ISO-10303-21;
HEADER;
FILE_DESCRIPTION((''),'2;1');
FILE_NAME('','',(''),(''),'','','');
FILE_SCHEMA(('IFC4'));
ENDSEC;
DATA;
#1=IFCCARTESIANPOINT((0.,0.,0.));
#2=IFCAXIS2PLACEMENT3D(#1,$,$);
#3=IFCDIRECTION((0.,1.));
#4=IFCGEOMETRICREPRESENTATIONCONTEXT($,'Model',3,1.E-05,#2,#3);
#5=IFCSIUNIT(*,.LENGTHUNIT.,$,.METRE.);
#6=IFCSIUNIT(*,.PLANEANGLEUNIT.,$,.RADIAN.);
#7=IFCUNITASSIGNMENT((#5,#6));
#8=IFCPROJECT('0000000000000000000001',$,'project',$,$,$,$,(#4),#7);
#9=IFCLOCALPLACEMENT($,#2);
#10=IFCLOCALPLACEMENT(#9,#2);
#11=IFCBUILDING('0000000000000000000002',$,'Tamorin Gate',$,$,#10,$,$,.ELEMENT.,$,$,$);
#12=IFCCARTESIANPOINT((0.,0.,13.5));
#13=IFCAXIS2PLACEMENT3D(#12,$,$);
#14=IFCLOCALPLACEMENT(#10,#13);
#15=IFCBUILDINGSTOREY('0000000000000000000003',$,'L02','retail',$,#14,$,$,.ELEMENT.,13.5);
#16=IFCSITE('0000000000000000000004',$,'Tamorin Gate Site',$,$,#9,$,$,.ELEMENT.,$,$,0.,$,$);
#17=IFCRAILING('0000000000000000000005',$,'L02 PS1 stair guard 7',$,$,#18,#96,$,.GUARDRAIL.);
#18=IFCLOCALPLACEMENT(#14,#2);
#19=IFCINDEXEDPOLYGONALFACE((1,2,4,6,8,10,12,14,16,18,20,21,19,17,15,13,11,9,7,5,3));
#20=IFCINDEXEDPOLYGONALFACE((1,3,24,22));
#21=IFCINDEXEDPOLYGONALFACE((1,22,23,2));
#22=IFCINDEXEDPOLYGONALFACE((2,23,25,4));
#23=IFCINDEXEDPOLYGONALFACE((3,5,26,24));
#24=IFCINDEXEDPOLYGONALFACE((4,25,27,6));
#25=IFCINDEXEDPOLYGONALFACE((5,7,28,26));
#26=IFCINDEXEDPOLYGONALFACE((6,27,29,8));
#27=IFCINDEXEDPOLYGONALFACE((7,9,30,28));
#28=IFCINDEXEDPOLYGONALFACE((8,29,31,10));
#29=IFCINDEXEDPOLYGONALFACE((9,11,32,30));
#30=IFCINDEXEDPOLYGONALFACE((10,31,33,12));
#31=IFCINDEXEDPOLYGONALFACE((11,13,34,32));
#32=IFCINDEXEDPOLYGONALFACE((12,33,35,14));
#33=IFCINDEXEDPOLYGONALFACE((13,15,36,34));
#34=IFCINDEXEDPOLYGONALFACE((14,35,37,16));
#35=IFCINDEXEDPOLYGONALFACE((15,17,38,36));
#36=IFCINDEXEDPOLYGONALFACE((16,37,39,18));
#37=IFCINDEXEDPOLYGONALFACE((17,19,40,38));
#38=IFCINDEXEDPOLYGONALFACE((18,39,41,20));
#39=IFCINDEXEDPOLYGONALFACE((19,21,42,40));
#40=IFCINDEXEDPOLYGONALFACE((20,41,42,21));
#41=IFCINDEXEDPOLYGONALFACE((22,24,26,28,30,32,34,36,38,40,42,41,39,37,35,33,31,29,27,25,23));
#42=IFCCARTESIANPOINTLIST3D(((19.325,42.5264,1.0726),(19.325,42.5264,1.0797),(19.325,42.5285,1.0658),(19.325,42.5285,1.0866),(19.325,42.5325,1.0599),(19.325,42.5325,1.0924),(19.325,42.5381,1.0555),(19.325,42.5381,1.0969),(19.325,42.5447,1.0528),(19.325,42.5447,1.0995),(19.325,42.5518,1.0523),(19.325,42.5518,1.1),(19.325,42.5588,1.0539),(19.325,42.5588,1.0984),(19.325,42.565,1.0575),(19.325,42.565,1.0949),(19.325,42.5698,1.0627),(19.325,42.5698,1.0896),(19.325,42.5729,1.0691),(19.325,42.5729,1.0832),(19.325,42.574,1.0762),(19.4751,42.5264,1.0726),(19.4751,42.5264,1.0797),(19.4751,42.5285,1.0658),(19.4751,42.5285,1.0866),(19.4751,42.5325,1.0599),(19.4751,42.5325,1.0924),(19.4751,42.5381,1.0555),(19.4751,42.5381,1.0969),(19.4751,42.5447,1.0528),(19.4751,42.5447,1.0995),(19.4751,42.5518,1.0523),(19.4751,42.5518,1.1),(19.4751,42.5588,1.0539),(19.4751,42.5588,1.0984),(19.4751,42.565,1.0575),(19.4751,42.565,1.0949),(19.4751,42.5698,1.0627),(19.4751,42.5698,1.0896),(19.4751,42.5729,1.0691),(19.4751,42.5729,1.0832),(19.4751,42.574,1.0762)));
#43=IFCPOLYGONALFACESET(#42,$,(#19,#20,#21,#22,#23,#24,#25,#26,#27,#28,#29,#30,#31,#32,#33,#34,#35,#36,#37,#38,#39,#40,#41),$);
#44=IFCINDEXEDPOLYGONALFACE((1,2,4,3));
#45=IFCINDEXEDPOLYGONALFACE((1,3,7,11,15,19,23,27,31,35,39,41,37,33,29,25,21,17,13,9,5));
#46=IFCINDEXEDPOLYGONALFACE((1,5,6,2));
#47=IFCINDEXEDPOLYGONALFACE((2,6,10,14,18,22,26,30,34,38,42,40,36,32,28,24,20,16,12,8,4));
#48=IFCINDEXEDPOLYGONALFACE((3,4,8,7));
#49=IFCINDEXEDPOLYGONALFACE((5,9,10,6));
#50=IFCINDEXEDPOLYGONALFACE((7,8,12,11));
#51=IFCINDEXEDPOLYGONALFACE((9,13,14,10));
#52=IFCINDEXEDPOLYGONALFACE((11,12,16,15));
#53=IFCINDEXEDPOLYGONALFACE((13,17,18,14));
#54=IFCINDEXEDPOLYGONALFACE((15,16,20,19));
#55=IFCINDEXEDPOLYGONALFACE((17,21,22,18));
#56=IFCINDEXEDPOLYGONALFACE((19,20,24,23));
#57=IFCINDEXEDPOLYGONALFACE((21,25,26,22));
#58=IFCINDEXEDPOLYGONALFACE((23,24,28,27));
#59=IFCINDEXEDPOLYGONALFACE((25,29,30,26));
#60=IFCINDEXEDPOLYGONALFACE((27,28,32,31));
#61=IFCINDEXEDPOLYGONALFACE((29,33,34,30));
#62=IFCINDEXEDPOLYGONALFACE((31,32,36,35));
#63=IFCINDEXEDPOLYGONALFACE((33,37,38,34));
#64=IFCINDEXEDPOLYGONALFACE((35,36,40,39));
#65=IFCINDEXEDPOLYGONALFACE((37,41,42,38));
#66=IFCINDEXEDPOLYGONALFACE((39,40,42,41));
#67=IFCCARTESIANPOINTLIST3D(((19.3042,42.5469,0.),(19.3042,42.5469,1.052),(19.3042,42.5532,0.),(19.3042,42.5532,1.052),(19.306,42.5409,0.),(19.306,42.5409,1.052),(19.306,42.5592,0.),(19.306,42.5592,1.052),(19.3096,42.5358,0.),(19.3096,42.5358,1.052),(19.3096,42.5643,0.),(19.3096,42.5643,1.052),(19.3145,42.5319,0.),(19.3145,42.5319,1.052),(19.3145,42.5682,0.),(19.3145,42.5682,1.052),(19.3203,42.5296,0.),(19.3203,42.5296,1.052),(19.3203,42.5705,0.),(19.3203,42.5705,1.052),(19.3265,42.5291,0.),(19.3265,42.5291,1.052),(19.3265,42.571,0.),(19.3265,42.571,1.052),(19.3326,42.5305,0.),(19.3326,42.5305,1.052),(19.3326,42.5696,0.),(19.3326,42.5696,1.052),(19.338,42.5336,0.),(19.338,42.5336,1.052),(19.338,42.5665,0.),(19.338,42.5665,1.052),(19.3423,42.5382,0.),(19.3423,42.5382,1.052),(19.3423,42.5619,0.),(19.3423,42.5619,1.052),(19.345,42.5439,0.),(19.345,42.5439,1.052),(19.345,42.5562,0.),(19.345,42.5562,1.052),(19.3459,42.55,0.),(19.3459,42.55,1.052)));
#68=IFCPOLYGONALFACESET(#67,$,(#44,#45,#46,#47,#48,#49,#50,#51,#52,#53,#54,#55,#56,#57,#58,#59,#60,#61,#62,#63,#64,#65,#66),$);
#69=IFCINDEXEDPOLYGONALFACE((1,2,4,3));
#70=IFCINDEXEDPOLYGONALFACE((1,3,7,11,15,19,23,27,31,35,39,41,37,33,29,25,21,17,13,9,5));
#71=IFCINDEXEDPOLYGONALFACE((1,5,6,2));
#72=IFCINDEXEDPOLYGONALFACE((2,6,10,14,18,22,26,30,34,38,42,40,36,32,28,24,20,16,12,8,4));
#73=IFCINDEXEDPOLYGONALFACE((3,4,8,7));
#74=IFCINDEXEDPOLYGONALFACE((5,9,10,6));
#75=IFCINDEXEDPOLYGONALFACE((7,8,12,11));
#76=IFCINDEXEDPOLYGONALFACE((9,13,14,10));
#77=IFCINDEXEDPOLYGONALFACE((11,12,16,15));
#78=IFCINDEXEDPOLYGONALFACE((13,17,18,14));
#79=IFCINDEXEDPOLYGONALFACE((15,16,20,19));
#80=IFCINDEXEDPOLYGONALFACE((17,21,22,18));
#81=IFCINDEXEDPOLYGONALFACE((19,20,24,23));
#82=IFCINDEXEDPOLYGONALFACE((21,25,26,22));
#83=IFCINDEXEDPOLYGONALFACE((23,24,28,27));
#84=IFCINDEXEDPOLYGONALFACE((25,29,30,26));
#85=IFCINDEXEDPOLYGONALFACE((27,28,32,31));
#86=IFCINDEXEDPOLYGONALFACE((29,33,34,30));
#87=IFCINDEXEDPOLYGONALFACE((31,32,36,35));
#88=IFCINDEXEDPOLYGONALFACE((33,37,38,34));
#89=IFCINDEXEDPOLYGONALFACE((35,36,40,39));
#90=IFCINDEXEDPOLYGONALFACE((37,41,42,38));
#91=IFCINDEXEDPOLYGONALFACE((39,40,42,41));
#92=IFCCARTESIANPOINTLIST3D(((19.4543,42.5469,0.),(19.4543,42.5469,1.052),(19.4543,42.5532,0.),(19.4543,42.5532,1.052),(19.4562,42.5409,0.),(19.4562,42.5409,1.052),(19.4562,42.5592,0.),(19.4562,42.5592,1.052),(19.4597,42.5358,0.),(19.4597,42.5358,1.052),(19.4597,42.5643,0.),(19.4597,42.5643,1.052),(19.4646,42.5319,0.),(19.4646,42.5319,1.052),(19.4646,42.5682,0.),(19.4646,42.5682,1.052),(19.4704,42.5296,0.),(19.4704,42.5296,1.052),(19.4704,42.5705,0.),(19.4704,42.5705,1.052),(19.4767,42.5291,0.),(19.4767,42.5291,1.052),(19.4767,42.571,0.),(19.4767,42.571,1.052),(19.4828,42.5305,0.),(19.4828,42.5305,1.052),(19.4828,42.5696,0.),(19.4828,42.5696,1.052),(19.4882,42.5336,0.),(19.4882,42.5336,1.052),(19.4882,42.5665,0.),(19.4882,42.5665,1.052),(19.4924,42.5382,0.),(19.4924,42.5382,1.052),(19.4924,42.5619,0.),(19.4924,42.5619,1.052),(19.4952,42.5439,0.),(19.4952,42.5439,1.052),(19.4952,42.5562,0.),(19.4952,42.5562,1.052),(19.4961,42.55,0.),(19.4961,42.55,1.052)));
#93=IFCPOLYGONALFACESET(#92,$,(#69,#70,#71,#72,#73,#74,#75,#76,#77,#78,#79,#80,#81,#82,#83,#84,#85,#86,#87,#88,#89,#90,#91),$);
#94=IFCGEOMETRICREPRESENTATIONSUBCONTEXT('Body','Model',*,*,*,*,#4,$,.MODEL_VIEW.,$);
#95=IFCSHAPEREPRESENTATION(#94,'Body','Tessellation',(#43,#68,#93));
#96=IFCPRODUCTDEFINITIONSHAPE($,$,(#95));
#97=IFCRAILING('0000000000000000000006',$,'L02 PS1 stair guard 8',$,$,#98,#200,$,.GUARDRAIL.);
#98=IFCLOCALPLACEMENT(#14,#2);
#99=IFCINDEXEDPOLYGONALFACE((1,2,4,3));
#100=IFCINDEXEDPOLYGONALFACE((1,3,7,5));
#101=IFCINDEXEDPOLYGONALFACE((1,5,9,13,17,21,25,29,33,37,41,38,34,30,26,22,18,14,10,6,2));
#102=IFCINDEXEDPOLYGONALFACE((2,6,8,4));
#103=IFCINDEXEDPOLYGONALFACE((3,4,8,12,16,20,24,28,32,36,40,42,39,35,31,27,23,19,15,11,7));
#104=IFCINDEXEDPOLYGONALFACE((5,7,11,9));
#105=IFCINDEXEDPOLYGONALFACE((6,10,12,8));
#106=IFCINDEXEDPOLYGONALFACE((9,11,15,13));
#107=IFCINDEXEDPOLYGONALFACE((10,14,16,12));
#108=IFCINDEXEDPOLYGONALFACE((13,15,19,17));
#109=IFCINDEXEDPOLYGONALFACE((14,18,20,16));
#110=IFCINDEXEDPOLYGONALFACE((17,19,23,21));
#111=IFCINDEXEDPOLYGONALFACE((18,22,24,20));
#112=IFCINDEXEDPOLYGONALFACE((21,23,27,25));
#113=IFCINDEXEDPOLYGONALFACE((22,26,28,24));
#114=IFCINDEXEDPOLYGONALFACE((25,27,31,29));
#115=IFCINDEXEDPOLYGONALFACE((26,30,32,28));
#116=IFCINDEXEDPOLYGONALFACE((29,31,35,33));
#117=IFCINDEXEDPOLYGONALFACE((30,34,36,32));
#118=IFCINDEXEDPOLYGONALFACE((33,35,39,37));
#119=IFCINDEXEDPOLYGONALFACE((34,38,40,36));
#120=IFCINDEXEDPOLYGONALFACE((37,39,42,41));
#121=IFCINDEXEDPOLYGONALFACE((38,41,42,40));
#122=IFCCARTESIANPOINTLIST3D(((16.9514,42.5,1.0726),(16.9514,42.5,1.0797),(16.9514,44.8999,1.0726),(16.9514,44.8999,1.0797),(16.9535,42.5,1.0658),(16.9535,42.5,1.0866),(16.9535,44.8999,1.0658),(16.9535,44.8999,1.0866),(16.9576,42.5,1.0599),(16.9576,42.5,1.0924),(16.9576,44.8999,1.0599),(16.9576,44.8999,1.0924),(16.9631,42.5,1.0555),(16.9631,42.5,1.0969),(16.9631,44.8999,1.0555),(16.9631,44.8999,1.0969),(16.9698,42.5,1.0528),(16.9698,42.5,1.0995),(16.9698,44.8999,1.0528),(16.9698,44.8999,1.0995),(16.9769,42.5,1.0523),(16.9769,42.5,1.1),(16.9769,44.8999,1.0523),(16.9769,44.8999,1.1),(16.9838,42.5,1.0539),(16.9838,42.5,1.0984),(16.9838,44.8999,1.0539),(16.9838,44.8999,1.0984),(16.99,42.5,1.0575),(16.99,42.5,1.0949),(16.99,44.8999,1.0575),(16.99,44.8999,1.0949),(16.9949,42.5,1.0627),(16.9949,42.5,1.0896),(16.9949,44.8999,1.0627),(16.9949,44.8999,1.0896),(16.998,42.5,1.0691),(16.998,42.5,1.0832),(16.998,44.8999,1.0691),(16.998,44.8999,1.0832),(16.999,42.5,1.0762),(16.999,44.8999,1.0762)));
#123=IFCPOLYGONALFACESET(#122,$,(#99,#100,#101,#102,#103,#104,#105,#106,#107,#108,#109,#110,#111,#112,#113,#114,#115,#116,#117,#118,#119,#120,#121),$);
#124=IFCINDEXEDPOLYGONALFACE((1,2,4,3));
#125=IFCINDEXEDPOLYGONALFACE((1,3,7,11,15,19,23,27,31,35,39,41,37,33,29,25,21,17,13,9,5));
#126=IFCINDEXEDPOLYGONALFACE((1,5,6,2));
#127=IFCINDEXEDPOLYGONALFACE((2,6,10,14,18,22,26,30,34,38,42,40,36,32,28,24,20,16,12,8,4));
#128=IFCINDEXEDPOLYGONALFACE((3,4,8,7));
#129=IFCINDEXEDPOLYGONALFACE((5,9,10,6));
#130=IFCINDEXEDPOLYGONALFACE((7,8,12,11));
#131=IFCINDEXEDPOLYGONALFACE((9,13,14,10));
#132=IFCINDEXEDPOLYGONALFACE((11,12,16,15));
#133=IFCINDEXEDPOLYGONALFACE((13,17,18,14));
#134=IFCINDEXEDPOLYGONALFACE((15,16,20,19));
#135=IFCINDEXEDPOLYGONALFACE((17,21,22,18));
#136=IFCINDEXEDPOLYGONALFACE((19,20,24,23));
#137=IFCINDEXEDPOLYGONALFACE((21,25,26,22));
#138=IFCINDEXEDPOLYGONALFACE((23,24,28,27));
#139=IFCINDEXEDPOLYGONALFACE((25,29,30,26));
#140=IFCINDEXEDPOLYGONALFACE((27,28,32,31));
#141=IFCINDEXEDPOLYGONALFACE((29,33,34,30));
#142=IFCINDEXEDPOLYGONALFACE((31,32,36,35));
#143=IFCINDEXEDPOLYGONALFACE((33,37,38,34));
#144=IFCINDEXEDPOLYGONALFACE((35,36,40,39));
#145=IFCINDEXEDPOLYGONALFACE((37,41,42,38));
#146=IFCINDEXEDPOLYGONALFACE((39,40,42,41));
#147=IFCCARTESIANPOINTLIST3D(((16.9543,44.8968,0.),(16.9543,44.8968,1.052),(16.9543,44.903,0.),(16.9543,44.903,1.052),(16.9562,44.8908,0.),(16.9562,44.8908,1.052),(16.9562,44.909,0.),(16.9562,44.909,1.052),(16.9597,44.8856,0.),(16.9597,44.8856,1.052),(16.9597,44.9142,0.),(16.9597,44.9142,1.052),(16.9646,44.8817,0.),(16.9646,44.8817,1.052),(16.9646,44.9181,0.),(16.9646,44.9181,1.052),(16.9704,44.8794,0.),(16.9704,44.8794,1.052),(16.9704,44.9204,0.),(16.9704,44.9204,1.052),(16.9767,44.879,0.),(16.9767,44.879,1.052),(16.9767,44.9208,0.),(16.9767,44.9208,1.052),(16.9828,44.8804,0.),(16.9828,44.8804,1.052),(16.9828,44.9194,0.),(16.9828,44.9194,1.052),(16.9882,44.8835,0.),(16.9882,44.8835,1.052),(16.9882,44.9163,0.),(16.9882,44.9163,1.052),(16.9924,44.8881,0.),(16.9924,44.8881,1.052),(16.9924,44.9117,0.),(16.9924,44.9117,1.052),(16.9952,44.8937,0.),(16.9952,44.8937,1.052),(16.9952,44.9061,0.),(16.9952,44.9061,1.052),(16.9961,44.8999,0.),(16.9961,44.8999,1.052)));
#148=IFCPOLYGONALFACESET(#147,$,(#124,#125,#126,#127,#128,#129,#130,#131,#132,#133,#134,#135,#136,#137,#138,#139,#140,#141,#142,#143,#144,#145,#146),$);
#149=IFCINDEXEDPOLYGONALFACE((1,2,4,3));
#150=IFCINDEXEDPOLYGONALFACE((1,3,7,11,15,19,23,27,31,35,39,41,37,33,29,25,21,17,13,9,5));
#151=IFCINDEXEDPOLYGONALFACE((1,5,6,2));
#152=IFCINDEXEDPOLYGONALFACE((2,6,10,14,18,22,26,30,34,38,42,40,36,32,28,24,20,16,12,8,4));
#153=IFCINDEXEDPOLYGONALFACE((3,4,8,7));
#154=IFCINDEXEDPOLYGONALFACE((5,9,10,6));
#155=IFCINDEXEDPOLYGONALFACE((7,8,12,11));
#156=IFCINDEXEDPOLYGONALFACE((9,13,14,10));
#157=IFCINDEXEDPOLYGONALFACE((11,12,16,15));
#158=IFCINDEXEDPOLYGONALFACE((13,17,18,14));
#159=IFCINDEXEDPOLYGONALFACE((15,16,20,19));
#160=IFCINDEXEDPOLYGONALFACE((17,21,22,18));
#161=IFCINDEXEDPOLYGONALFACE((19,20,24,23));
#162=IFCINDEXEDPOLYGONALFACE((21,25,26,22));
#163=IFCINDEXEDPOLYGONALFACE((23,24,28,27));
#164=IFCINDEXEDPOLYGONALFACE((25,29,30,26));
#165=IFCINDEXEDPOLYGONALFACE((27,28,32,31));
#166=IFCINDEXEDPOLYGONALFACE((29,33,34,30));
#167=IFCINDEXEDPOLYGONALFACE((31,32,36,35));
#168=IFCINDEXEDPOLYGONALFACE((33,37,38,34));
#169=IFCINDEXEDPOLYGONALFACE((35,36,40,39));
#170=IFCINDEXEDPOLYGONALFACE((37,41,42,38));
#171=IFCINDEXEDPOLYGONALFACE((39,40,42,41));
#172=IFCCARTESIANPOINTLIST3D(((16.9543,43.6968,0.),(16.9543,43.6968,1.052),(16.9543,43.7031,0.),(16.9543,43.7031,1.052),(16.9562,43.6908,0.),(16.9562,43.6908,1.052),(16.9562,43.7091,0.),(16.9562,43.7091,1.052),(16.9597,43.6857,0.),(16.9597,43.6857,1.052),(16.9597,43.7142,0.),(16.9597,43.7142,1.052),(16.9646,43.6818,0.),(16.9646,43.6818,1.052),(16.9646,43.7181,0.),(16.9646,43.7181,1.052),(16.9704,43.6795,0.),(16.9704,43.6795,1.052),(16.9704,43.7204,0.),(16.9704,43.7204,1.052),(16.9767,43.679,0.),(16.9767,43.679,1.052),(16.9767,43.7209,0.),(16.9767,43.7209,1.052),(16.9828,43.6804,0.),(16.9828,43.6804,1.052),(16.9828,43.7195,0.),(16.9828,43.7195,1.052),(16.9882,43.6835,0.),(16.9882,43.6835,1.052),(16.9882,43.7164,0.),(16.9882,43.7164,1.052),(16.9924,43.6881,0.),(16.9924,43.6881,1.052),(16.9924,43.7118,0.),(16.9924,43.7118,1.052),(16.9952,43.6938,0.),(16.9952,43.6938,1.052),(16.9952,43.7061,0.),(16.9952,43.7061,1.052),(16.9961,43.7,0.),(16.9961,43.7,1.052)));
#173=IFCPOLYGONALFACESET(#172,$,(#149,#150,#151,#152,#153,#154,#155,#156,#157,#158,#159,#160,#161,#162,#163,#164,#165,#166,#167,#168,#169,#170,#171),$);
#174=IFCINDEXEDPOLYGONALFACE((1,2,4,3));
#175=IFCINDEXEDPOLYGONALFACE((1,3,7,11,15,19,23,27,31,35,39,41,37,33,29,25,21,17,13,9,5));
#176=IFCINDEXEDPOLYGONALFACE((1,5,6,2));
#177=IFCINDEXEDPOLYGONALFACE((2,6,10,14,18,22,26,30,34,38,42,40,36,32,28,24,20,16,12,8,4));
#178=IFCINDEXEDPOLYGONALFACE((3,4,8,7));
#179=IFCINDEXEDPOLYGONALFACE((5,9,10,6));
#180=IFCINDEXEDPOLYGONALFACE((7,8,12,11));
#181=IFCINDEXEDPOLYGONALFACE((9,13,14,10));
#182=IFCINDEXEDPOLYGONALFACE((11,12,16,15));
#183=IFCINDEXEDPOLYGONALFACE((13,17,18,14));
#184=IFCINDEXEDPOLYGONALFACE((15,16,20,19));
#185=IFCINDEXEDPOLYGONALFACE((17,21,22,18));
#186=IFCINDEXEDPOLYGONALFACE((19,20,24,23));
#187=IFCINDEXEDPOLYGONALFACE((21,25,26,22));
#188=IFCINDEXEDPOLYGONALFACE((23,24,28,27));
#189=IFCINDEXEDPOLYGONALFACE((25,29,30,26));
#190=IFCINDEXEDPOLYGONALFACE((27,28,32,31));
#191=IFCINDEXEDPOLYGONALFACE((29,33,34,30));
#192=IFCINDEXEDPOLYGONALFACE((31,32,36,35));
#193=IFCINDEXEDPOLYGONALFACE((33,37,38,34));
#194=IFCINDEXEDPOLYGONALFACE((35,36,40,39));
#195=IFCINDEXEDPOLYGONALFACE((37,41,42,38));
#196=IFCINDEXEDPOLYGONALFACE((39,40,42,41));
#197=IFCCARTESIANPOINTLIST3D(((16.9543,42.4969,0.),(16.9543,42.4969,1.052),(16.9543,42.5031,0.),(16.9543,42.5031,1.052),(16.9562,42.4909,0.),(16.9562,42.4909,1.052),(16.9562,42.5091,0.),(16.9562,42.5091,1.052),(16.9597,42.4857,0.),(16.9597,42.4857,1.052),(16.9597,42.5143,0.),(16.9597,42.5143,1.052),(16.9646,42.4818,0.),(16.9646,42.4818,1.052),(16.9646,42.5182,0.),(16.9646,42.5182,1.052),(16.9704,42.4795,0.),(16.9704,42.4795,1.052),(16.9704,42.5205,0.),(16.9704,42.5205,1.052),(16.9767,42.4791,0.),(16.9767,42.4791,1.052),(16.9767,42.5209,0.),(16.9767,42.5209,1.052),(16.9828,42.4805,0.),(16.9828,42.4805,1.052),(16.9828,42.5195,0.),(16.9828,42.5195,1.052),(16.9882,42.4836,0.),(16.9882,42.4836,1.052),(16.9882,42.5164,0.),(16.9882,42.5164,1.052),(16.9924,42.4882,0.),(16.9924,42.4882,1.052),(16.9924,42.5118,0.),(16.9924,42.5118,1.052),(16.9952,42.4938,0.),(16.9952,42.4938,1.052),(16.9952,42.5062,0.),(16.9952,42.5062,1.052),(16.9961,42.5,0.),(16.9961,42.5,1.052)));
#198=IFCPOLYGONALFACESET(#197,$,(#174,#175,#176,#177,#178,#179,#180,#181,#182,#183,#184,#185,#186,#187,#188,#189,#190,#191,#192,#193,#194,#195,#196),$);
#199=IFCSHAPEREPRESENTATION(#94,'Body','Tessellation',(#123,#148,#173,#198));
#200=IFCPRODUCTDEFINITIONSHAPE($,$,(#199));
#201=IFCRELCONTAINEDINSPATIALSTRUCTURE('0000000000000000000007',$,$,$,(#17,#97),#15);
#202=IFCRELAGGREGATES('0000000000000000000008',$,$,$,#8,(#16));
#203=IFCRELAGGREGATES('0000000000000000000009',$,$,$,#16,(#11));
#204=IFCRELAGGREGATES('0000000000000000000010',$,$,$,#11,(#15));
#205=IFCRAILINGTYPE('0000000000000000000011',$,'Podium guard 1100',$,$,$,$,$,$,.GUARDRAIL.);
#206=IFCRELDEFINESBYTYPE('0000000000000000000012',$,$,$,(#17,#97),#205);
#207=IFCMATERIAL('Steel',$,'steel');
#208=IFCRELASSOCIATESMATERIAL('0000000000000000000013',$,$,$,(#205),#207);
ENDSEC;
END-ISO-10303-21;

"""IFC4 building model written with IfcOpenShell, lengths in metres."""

from ifc_helpers import new_model, si_unit, direction, frame, origin, origin_2d, place, context, subcontext, project, spatial, circle, extrude, material, type_object, element, save


model = new_model("IFC4")

# Units and contexts
model_context = context("Model", 3, precision=1e-05, world=origin(), true_north=direction((0.0, 1.0)))
body_context = subcontext(model_context, "Body", "Model", "MODEL_VIEW")
ifc_project = project(units=[si_unit("LENGTHUNIT", "METRE"), si_unit("PLANEANGLEUNIT", "RADIAN")], contexts=[model_context])

# Site, building, storey
site_placement = place(None, origin())
site = spatial("IfcSite", under=ifc_project, at=site_placement, Name="Tamorin Gate Site", CompositionType="ELEMENT", RefElevation=0.0)
building_placement = place(site_placement, origin())
building = spatial("IfcBuilding", under=site, at=building_placement, Name="Tamorin Gate", CompositionType="ELEMENT")
storey_placement = place(building_placement, frame((0.0, 0.0, 13.5)))
storey = spatial("IfcBuildingStorey", under=building, at=storey_placement, Name="L02", Description="retail", CompositionType="ELEMENT", Elevation=13.5)

# Railings
ifc_material_1 = material(Name="Steel", Category="steel")
railing_type_1 = type_object("IfcRailingType", Name="Podium guard 1100", PredefinedType="GUARDRAIL", material=ifc_material_1)
railing_1_placement = place(storey_placement, frame((19.325, 42.55, 0.0)))
element("IfcRailing", 1, at=railing_1_placement, inside=storey, type_object=railing_type_1, Name="L02 PS1 stair guard 7", PredefinedType="GUARDRAIL", context=body_context, shape_type="SweptSolid", body=[
    extrude(circle(Radius=0.0239, at=origin_2d()), frame((0.0, 0.0, 1.0762), z_axis=(1.0, 0.0, 0.0), x_axis=(0.0, 1.0, 0.0)), (0.0, 0.0, 1.0), 0.1501),
    extrude(circle(Radius=0.021, at=origin_2d()), origin(), (0.0, 0.0, 1.0), 1.052),
    extrude(circle(Radius=0.021, at=origin_2d()), frame((0.1501, 0.0, 0.0)), (0.0, 0.0, 1.0), 1.052),
])
for number, where, name in (
    (2, (16.9751, 44.8999, 0.0), "L02 PS1 stair guard 8"),
):
    element("IfcRailing", number, at=place(storey_placement, frame(where)), inside=storey, type_object=railing_type_1, Name=name, PredefinedType="GUARDRAIL", context=body_context, shape_type="SweptSolid", body=[
        extrude(circle(Radius=0.0239, at=origin_2d()), frame((0.0, 0.0, 1.0762), z_axis=(0.0, -1.0, 0.0), x_axis=(1.0, 0.0, 0.0)), (0.0, 0.0, 1.0), 2.3999),
        extrude(circle(Radius=0.021, at=origin_2d()), origin(), (0.0, 0.0, 1.0), 1.052),
        extrude(circle(Radius=0.021, at=origin_2d()), frame((0.0, -1.2, 0.0)), (0.0, 0.0, 1.0), 1.052),
        extrude(circle(Radius=0.021, at=origin_2d()), frame((0.0, -2.3999, 0.0)), (0.0, 0.0, 1.0), 1.052),
    ])

save(model, "model.ifc")
